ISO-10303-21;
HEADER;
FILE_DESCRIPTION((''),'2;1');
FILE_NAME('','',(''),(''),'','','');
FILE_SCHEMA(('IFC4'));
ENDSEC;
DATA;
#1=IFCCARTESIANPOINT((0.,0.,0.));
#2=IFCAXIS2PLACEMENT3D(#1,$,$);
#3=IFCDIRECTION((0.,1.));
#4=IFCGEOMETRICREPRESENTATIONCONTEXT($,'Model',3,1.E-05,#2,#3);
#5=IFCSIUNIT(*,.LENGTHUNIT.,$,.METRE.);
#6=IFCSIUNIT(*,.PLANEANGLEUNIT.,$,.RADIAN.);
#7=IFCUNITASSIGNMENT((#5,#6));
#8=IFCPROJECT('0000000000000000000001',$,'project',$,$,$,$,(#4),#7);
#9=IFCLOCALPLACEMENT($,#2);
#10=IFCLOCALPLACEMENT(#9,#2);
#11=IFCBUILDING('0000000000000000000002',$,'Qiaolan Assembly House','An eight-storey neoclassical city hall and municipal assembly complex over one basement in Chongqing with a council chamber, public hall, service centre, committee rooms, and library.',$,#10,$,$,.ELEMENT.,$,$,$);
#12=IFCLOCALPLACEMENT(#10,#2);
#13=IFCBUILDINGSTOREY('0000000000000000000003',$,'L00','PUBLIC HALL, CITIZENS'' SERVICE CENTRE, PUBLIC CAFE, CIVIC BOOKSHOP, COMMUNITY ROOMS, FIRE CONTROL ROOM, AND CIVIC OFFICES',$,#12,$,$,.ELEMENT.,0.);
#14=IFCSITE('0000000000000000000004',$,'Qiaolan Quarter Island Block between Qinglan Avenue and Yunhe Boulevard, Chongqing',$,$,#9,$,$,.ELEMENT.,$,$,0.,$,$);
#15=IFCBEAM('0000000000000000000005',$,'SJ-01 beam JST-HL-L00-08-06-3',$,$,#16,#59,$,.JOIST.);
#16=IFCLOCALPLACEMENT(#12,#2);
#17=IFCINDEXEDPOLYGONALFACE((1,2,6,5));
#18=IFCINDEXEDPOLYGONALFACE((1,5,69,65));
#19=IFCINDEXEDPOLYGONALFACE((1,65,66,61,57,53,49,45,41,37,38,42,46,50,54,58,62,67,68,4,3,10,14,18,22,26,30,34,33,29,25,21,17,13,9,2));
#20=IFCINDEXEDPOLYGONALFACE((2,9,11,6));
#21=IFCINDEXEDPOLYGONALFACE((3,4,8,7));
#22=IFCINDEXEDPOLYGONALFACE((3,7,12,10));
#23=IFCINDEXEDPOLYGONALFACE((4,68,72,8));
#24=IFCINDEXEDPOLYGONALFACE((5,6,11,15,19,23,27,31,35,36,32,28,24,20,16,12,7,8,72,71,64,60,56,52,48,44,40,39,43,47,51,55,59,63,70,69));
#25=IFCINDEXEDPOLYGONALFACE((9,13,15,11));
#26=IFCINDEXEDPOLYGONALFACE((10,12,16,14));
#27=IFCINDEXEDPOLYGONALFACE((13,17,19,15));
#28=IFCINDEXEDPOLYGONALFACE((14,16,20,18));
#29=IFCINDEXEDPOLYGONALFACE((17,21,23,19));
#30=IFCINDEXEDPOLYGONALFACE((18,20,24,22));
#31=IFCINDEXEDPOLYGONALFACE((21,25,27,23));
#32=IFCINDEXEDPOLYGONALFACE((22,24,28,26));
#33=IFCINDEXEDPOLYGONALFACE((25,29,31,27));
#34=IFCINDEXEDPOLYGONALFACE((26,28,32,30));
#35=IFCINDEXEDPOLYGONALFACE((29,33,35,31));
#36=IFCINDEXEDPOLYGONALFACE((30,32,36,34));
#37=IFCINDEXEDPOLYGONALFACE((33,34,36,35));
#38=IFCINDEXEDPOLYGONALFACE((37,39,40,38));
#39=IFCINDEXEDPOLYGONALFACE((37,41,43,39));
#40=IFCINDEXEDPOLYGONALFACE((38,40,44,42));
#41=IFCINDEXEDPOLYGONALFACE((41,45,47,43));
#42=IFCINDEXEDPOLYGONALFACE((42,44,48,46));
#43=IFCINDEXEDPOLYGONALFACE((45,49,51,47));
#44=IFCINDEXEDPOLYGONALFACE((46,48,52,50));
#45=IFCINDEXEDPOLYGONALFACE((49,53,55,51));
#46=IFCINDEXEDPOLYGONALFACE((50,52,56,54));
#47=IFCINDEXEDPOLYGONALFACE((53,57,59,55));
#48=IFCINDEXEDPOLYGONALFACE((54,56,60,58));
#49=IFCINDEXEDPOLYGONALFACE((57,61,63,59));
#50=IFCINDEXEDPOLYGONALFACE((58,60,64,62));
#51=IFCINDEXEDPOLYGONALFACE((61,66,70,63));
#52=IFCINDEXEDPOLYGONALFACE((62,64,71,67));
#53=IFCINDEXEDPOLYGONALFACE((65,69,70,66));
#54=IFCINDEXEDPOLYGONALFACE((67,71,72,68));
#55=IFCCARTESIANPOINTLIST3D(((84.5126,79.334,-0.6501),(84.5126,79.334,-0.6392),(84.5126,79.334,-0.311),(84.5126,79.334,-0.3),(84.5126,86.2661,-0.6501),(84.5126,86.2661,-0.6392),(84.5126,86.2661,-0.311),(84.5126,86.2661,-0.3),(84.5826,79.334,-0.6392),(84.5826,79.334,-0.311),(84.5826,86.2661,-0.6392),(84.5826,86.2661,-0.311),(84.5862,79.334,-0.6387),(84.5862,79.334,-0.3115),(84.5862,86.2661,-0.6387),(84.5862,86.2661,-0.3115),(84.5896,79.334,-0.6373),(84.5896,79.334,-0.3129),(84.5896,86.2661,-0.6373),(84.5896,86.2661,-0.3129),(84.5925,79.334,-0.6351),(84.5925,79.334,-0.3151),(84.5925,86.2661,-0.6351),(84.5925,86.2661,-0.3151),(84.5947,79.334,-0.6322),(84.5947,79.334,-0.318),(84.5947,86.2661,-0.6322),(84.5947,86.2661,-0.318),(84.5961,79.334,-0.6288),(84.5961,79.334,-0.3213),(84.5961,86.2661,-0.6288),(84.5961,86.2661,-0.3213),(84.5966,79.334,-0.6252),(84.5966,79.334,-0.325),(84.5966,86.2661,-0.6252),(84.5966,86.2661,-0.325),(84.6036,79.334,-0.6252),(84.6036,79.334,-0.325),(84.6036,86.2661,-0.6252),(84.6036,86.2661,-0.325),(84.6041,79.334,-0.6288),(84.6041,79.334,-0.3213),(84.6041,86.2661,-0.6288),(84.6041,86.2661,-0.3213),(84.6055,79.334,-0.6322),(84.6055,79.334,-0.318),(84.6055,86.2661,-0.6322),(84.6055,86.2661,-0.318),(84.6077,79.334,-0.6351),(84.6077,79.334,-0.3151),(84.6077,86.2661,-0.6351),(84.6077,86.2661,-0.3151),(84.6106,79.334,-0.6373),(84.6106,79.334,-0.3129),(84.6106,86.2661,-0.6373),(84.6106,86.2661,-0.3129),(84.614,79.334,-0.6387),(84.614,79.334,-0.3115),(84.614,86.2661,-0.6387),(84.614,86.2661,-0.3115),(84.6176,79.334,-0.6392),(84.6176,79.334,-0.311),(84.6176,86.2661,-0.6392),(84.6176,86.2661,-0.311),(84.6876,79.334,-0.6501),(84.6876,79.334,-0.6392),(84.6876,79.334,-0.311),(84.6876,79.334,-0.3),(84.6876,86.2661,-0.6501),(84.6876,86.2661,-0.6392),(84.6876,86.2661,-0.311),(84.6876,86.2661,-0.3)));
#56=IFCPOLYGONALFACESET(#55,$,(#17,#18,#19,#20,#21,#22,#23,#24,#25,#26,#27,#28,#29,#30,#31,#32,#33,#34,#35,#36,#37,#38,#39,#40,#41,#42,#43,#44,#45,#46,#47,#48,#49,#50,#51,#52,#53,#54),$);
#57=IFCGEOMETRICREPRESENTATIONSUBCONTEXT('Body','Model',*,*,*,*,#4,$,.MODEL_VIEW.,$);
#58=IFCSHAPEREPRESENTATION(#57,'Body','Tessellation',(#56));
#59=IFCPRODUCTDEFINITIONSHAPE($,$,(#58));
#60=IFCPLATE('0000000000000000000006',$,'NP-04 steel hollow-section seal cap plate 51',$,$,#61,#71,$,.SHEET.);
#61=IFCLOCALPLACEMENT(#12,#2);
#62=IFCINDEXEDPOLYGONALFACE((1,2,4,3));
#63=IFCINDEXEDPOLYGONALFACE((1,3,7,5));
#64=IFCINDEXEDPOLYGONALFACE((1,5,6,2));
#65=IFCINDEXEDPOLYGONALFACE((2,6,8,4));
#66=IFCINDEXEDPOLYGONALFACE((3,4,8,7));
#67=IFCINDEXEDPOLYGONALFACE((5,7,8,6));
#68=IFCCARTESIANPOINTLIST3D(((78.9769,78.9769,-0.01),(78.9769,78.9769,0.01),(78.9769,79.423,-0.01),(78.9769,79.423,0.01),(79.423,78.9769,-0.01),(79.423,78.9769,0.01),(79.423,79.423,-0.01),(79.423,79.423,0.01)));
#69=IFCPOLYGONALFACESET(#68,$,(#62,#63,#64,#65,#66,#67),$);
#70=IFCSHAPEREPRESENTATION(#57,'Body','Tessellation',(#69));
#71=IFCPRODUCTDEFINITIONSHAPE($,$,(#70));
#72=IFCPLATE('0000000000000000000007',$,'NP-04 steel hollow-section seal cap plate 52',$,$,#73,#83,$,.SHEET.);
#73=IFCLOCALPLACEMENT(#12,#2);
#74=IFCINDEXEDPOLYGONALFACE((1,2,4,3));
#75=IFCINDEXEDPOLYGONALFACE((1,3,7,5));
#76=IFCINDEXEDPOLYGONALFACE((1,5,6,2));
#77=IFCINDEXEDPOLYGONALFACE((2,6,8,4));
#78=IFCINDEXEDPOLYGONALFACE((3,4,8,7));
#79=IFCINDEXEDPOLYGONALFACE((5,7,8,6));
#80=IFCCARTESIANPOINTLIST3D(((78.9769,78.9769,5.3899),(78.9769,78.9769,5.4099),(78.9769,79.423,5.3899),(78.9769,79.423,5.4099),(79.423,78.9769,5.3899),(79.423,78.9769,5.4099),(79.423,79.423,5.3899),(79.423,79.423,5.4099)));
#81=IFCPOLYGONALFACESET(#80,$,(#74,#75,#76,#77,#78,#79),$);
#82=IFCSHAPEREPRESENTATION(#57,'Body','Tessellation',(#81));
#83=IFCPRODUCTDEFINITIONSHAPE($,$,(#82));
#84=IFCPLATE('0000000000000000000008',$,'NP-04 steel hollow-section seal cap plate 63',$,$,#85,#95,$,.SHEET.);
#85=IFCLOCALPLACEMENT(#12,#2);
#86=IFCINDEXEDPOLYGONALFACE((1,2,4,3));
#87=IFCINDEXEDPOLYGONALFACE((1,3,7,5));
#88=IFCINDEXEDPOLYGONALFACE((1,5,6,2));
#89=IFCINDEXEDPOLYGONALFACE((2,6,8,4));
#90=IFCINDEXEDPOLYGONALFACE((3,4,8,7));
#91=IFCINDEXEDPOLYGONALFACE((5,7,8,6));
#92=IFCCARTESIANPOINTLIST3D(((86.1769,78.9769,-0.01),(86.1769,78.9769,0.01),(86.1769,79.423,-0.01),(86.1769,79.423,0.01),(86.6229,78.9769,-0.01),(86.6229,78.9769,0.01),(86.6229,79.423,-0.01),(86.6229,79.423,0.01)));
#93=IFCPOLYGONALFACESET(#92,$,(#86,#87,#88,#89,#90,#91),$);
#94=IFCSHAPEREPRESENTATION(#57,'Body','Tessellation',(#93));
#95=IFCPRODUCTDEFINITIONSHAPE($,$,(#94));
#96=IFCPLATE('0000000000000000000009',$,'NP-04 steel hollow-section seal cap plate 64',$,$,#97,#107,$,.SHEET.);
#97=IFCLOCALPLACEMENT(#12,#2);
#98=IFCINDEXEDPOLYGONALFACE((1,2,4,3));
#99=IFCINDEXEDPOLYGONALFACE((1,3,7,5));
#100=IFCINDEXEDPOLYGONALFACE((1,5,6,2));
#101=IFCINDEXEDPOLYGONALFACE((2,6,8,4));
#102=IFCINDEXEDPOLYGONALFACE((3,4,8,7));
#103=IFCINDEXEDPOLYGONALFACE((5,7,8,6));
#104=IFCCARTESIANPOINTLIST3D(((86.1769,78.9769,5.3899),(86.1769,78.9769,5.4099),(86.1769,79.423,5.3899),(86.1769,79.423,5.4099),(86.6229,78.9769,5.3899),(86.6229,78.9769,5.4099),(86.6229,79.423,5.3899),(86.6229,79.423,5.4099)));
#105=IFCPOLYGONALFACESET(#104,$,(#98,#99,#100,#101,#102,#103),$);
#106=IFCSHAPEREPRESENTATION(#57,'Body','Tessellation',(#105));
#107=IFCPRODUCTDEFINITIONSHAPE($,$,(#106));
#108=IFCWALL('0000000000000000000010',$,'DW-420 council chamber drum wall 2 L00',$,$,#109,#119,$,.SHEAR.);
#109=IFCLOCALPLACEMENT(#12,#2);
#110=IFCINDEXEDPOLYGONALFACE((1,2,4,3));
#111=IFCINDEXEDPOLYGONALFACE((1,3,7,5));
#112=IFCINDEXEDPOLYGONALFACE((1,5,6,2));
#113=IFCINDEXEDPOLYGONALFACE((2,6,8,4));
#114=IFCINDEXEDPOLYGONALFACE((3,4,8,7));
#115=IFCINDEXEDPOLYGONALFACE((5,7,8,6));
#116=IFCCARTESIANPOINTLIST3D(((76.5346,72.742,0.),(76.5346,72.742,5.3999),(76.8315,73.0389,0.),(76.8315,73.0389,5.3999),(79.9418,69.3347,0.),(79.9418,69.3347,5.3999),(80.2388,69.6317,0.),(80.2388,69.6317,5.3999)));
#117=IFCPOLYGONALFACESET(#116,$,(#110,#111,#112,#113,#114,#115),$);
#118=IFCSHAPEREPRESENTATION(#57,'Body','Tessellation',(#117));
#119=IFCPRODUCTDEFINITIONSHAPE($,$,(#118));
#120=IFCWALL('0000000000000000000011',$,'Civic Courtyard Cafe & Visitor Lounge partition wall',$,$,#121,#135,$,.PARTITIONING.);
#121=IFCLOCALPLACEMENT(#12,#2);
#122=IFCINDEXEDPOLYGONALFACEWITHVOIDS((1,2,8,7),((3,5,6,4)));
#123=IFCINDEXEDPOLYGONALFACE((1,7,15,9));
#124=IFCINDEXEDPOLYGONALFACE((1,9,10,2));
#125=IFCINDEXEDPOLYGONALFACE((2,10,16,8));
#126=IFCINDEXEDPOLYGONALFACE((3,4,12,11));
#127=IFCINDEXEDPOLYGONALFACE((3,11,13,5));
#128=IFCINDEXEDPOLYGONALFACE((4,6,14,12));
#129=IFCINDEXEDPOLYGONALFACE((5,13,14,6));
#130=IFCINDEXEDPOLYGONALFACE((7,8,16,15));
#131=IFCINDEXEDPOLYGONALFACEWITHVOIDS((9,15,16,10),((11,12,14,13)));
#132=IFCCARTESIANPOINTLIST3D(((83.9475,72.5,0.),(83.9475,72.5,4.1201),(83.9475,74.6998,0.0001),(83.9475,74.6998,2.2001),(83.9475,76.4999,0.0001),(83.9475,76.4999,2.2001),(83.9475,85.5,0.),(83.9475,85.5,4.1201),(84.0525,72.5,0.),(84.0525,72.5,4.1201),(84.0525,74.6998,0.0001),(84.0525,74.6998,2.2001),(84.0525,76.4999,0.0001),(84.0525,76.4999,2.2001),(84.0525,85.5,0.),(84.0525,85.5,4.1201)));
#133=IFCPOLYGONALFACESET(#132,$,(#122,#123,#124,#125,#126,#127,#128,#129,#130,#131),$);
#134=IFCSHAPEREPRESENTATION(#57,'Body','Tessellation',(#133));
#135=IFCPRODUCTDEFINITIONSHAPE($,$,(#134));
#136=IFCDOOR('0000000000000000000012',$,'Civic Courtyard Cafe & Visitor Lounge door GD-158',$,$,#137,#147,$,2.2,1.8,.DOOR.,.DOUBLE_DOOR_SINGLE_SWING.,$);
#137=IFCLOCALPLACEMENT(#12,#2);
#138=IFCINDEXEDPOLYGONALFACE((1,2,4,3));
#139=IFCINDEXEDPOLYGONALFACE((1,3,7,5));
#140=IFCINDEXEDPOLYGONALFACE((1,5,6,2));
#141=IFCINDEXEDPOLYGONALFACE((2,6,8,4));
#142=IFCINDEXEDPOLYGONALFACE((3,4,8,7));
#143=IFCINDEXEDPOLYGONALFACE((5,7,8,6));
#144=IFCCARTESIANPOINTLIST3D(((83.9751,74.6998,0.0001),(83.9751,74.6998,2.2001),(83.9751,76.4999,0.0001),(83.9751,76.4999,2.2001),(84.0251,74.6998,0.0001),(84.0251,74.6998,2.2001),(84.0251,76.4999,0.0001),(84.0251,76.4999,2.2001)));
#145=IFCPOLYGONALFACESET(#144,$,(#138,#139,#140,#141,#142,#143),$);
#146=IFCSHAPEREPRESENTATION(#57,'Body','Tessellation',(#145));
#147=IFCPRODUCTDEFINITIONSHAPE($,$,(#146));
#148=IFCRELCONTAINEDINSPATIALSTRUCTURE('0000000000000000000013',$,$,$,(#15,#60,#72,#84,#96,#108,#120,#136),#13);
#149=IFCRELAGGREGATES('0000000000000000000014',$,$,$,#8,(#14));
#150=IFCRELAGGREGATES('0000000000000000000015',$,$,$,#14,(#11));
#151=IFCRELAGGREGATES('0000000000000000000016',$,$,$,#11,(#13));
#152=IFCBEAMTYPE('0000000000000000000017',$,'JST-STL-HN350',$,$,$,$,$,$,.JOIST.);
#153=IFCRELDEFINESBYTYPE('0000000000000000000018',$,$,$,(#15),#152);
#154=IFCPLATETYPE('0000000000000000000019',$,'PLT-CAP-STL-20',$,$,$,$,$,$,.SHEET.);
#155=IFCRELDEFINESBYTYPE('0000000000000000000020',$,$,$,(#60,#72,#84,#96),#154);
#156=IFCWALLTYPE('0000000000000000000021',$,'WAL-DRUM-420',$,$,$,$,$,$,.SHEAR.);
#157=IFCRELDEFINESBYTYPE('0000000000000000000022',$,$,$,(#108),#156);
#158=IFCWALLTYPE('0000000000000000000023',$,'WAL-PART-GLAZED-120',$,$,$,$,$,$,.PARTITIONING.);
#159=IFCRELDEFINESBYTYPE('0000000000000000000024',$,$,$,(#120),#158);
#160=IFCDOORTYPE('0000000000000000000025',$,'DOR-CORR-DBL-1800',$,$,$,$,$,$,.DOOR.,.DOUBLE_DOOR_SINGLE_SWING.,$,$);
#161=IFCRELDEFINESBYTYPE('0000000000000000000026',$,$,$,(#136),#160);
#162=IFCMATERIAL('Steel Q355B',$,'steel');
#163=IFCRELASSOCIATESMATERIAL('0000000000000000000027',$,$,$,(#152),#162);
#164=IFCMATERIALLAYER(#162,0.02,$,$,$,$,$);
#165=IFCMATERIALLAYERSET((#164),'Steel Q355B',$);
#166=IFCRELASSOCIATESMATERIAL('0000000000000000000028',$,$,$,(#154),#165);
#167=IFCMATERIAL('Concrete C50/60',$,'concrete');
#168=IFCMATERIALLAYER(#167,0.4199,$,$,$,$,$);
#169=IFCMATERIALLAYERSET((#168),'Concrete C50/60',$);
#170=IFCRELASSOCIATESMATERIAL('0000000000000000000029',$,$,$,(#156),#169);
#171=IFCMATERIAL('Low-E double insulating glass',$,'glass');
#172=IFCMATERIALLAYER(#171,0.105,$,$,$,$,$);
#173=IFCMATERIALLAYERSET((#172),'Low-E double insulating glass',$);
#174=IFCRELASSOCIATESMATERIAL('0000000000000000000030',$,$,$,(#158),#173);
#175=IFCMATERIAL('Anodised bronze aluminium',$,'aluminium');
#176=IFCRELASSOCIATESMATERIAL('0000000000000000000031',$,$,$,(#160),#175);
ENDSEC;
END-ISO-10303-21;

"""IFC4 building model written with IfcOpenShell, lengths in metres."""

from ifc_helpers import new_model, si_unit, direction, frame, frame_2d, origin, origin_2d, place, context, subcontext, project, spatial, rectangle, i_section, extrude, material, layer, layer_set, material_profile, profile_set, type_object, element, fill, save


model = new_model("IFC4")

# Units and contexts
model_context = context("Model", 3, precision=1e-05, world=origin(), true_north=direction((0.0, 1.0)))
body_context = subcontext(model_context, "Body", "Model", "MODEL_VIEW")
ifc_project = project(units=[si_unit("LENGTHUNIT", "METRE"), si_unit("PLANEANGLEUNIT", "RADIAN")], contexts=[model_context])

# Site, building, storey
site_placement = place(None, origin())
site = spatial("IfcSite", under=ifc_project, at=site_placement, Name="Qiaolan Quarter Island Block between Qinglan Avenue and Yunhe Boulevard, Chongqing", CompositionType="ELEMENT", RefElevation=0.0)
building_placement = place(site_placement, origin())
building = spatial("IfcBuilding", under=site, at=building_placement, Name="Qiaolan Assembly House", Description="An eight-storey neoclassical city hall and municipal assembly complex over one basement in Chongqing with a council chamber, public hall, service centre, committee rooms, and library.", CompositionType="ELEMENT")
storey_placement = place(building_placement, origin())
storey = spatial("IfcBuildingStorey", under=building, at=storey_placement, Name="L00", Description="PUBLIC HALL, CITIZENS' SERVICE CENTRE, PUBLIC CAFE, CIVIC BOOKSHOP, COMMUNITY ROOMS, FIRE CONTROL ROOM, AND CIVIC OFFICES", CompositionType="ELEMENT", Elevation=0.0)

# Shared definitions
ifc_material_1 = material(Name="Concrete C50/60", Category="concrete")
ifc_material_2 = material(Name="Steel Q355B", Category="steel")

# Beam
ifc_material_profile_1 = material_profile(ifc_material_2, i_section(OverallWidth=0.175, OverallDepth=0.3501, WebThickness=0.0071, FlangeThickness=0.011, FilletRadius=0.0139, at=origin_2d()), Name="HN 350x175x7x11")
ifc_profile_set_1 = profile_set([ifc_material_profile_1], Name="Steel Q355B")
beam_type_1 = type_object("IfcBeamType", Name="JST-STL-HN350", PredefinedType="JOIST", material=ifc_profile_set_1)
for number, where, z_axis, x_axis, name in (
    (1, (84.6001, 79.334, -0.4751), (0.0, 1.0, 0.0), (-1.0, 0.0, 0.0), "SJ-01 beam JST-HL-L00-08-06-3"),
):
    element("IfcBeam", number, at=place(storey_placement, frame(where, z_axis=z_axis, x_axis=x_axis)), inside=storey, type_object=beam_type_1, Name=name, PredefinedType="JOIST", context=body_context, shape_type="SweptSolid", body=[
        extrude(i_section(OverallWidth=0.175, OverallDepth=0.3501, WebThickness=0.0071, FlangeThickness=0.011, FilletRadius=0.0139, at=origin_2d()), origin(), (0.0, 0.0, 1.0), 6.9321),
    ])

# Plates
ifc_layer_1 = layer(ifc_material_2, 0.02)
ifc_layer_set_1 = layer_set([ifc_layer_1], Name="Steel Q355B")
plate_type = type_object("IfcPlateType", Name="PLT-CAP-STL-20", PredefinedType="SHEET", material=ifc_layer_set_1)
for number, where, z_axis, x_axis, name in (
    (2, (79.2, 79.2, -0.01), (0.0, 0.0, 1.0), (1.0, 0.0, 0.0), "NP-04 steel hollow-section seal cap plate 51"),
    (3, (79.2, 79.2, 5.3899), (0.0, 0.0, 1.0), (1.0, 0.0, 0.0), "NP-04 steel hollow-section seal cap plate 52"),
    (4, (86.3999, 79.2, -0.01), (0.0, 0.0, 1.0), (1.0, 0.0, 0.0), "NP-04 steel hollow-section seal cap plate 63"),
    (5, (86.3999, 79.2, 5.3899), (0.0, 0.0, 1.0), (1.0, 0.0, 0.0), "NP-04 steel hollow-section seal cap plate 64"),
):
    element("IfcPlate", number, at=place(storey_placement, frame(where, z_axis=z_axis, x_axis=x_axis)), inside=storey, type_object=plate_type, Name=name, PredefinedType="SHEET", context=body_context, shape_type="SweptSolid", body=[
        extrude(rectangle(XDim=0.446, YDim=0.446, at=origin_2d()), origin(), (0.0, 0.0, 1.0), 0.02),
    ])

# Wall
ifc_layer_2 = layer(ifc_material_1, 0.4199)
ifc_layer_set_2 = layer_set([ifc_layer_2], Name="Concrete C50/60")
wall_type_1 = type_object("IfcWallType", Name="WAL-DRUM-420", PredefinedType="SHEAR", material=ifc_layer_set_2)
wall_1_placement = place(storey_placement, frame((76.6831, 72.8904, 0.0), z_axis=(0.0, 0.0, 1.0), x_axis=(0.707107, -0.707107, 0.0)))
element("IfcWall", 6, at=wall_1_placement, inside=storey, type_object=wall_type_1, Name="DW-420 council chamber drum wall 2 L00", PredefinedType="SHEAR", context=body_context, shape_type="SweptSolid", body=[
    extrude(rectangle(XDim=4.8186, YDim=0.4199, at=frame_2d((2.4092, 0.0))), origin(), (0.0, 0.0, 1.0), 5.3999),
])

# Wall, opening, door
ifc_material_3 = material(Name="Low-E double insulating glass", Category="glass")
ifc_layer_3 = layer(ifc_material_3, 0.105)
ifc_layer_set_3 = layer_set([ifc_layer_3], Name="Low-E double insulating glass")
wall_type_2 = type_object("IfcWallType", Name="WAL-PART-GLAZED-120", PredefinedType="PARTITIONING", material=ifc_layer_set_3)
wall_2_placement = place(storey_placement, frame((84.0, 72.5, 0.0), z_axis=(0.0, 0.0, 1.0), x_axis=(0.0, 1.0, 0.0)))
wall_2 = element("IfcWall", 7, at=wall_2_placement, inside=storey, type_object=wall_type_2, Name="Civic Courtyard Cafe & Visitor Lounge partition wall", PredefinedType="PARTITIONING", context=body_context, shape_type="SweptSolid", body=[
    extrude(rectangle(XDim=13.0, YDim=0.105, at=frame_2d((6.5, 0.0))), origin(), (0.0, 0.0, 1.0), 4.1201),
])
opening_placement = place(wall_2_placement, frame((2.2, 0.0, 0.0)))
opening = element("IfcOpeningElement", 8, at=opening_placement, cuts=wall_2, PredefinedType="OPENING", context=body_context, shape_type="SweptSolid", body=[
    extrude(rectangle(XDim=1.8, YDim=2.2, at=frame_2d((0.8999, 1.1001))), frame((0.0, 0.0625, 0.0), z_axis=(0.0, -1.0, 0.0), x_axis=(1.0, 0.0, 0.0)), (0.0, 0.0, 1.0), 0.125),
])
ifc_material_4 = material(Name="Anodised bronze aluminium", Category="aluminium")
door_type = type_object("IfcDoorType", Name="DOR-CORR-DBL-1800", OperationType="DOUBLE_DOOR_SINGLE_SWING", PredefinedType="DOOR", material=ifc_material_4)
door_placement = place(opening_placement, origin())
door = element("IfcDoor", 9, at=door_placement, inside=storey, type_object=door_type, Name="Civic Courtyard Cafe & Visitor Lounge door GD-158", OperationType="DOUBLE_DOOR_SINGLE_SWING", OverallHeight=2.2, OverallWidth=1.8, PredefinedType="DOOR", context=body_context, shape_type="SweptSolid", body=[
    extrude(rectangle(XDim=1.8, YDim=2.2, at=frame_2d((0.8999, 1.1001))), frame((0.0, 0.0249, 0.0), z_axis=(0.0, -1.0, 0.0), x_axis=(1.0, 0.0, 0.0)), (0.0, 0.0, 1.0), 0.05),
])
fill(opening, door)

save(model, "model.ifc")
